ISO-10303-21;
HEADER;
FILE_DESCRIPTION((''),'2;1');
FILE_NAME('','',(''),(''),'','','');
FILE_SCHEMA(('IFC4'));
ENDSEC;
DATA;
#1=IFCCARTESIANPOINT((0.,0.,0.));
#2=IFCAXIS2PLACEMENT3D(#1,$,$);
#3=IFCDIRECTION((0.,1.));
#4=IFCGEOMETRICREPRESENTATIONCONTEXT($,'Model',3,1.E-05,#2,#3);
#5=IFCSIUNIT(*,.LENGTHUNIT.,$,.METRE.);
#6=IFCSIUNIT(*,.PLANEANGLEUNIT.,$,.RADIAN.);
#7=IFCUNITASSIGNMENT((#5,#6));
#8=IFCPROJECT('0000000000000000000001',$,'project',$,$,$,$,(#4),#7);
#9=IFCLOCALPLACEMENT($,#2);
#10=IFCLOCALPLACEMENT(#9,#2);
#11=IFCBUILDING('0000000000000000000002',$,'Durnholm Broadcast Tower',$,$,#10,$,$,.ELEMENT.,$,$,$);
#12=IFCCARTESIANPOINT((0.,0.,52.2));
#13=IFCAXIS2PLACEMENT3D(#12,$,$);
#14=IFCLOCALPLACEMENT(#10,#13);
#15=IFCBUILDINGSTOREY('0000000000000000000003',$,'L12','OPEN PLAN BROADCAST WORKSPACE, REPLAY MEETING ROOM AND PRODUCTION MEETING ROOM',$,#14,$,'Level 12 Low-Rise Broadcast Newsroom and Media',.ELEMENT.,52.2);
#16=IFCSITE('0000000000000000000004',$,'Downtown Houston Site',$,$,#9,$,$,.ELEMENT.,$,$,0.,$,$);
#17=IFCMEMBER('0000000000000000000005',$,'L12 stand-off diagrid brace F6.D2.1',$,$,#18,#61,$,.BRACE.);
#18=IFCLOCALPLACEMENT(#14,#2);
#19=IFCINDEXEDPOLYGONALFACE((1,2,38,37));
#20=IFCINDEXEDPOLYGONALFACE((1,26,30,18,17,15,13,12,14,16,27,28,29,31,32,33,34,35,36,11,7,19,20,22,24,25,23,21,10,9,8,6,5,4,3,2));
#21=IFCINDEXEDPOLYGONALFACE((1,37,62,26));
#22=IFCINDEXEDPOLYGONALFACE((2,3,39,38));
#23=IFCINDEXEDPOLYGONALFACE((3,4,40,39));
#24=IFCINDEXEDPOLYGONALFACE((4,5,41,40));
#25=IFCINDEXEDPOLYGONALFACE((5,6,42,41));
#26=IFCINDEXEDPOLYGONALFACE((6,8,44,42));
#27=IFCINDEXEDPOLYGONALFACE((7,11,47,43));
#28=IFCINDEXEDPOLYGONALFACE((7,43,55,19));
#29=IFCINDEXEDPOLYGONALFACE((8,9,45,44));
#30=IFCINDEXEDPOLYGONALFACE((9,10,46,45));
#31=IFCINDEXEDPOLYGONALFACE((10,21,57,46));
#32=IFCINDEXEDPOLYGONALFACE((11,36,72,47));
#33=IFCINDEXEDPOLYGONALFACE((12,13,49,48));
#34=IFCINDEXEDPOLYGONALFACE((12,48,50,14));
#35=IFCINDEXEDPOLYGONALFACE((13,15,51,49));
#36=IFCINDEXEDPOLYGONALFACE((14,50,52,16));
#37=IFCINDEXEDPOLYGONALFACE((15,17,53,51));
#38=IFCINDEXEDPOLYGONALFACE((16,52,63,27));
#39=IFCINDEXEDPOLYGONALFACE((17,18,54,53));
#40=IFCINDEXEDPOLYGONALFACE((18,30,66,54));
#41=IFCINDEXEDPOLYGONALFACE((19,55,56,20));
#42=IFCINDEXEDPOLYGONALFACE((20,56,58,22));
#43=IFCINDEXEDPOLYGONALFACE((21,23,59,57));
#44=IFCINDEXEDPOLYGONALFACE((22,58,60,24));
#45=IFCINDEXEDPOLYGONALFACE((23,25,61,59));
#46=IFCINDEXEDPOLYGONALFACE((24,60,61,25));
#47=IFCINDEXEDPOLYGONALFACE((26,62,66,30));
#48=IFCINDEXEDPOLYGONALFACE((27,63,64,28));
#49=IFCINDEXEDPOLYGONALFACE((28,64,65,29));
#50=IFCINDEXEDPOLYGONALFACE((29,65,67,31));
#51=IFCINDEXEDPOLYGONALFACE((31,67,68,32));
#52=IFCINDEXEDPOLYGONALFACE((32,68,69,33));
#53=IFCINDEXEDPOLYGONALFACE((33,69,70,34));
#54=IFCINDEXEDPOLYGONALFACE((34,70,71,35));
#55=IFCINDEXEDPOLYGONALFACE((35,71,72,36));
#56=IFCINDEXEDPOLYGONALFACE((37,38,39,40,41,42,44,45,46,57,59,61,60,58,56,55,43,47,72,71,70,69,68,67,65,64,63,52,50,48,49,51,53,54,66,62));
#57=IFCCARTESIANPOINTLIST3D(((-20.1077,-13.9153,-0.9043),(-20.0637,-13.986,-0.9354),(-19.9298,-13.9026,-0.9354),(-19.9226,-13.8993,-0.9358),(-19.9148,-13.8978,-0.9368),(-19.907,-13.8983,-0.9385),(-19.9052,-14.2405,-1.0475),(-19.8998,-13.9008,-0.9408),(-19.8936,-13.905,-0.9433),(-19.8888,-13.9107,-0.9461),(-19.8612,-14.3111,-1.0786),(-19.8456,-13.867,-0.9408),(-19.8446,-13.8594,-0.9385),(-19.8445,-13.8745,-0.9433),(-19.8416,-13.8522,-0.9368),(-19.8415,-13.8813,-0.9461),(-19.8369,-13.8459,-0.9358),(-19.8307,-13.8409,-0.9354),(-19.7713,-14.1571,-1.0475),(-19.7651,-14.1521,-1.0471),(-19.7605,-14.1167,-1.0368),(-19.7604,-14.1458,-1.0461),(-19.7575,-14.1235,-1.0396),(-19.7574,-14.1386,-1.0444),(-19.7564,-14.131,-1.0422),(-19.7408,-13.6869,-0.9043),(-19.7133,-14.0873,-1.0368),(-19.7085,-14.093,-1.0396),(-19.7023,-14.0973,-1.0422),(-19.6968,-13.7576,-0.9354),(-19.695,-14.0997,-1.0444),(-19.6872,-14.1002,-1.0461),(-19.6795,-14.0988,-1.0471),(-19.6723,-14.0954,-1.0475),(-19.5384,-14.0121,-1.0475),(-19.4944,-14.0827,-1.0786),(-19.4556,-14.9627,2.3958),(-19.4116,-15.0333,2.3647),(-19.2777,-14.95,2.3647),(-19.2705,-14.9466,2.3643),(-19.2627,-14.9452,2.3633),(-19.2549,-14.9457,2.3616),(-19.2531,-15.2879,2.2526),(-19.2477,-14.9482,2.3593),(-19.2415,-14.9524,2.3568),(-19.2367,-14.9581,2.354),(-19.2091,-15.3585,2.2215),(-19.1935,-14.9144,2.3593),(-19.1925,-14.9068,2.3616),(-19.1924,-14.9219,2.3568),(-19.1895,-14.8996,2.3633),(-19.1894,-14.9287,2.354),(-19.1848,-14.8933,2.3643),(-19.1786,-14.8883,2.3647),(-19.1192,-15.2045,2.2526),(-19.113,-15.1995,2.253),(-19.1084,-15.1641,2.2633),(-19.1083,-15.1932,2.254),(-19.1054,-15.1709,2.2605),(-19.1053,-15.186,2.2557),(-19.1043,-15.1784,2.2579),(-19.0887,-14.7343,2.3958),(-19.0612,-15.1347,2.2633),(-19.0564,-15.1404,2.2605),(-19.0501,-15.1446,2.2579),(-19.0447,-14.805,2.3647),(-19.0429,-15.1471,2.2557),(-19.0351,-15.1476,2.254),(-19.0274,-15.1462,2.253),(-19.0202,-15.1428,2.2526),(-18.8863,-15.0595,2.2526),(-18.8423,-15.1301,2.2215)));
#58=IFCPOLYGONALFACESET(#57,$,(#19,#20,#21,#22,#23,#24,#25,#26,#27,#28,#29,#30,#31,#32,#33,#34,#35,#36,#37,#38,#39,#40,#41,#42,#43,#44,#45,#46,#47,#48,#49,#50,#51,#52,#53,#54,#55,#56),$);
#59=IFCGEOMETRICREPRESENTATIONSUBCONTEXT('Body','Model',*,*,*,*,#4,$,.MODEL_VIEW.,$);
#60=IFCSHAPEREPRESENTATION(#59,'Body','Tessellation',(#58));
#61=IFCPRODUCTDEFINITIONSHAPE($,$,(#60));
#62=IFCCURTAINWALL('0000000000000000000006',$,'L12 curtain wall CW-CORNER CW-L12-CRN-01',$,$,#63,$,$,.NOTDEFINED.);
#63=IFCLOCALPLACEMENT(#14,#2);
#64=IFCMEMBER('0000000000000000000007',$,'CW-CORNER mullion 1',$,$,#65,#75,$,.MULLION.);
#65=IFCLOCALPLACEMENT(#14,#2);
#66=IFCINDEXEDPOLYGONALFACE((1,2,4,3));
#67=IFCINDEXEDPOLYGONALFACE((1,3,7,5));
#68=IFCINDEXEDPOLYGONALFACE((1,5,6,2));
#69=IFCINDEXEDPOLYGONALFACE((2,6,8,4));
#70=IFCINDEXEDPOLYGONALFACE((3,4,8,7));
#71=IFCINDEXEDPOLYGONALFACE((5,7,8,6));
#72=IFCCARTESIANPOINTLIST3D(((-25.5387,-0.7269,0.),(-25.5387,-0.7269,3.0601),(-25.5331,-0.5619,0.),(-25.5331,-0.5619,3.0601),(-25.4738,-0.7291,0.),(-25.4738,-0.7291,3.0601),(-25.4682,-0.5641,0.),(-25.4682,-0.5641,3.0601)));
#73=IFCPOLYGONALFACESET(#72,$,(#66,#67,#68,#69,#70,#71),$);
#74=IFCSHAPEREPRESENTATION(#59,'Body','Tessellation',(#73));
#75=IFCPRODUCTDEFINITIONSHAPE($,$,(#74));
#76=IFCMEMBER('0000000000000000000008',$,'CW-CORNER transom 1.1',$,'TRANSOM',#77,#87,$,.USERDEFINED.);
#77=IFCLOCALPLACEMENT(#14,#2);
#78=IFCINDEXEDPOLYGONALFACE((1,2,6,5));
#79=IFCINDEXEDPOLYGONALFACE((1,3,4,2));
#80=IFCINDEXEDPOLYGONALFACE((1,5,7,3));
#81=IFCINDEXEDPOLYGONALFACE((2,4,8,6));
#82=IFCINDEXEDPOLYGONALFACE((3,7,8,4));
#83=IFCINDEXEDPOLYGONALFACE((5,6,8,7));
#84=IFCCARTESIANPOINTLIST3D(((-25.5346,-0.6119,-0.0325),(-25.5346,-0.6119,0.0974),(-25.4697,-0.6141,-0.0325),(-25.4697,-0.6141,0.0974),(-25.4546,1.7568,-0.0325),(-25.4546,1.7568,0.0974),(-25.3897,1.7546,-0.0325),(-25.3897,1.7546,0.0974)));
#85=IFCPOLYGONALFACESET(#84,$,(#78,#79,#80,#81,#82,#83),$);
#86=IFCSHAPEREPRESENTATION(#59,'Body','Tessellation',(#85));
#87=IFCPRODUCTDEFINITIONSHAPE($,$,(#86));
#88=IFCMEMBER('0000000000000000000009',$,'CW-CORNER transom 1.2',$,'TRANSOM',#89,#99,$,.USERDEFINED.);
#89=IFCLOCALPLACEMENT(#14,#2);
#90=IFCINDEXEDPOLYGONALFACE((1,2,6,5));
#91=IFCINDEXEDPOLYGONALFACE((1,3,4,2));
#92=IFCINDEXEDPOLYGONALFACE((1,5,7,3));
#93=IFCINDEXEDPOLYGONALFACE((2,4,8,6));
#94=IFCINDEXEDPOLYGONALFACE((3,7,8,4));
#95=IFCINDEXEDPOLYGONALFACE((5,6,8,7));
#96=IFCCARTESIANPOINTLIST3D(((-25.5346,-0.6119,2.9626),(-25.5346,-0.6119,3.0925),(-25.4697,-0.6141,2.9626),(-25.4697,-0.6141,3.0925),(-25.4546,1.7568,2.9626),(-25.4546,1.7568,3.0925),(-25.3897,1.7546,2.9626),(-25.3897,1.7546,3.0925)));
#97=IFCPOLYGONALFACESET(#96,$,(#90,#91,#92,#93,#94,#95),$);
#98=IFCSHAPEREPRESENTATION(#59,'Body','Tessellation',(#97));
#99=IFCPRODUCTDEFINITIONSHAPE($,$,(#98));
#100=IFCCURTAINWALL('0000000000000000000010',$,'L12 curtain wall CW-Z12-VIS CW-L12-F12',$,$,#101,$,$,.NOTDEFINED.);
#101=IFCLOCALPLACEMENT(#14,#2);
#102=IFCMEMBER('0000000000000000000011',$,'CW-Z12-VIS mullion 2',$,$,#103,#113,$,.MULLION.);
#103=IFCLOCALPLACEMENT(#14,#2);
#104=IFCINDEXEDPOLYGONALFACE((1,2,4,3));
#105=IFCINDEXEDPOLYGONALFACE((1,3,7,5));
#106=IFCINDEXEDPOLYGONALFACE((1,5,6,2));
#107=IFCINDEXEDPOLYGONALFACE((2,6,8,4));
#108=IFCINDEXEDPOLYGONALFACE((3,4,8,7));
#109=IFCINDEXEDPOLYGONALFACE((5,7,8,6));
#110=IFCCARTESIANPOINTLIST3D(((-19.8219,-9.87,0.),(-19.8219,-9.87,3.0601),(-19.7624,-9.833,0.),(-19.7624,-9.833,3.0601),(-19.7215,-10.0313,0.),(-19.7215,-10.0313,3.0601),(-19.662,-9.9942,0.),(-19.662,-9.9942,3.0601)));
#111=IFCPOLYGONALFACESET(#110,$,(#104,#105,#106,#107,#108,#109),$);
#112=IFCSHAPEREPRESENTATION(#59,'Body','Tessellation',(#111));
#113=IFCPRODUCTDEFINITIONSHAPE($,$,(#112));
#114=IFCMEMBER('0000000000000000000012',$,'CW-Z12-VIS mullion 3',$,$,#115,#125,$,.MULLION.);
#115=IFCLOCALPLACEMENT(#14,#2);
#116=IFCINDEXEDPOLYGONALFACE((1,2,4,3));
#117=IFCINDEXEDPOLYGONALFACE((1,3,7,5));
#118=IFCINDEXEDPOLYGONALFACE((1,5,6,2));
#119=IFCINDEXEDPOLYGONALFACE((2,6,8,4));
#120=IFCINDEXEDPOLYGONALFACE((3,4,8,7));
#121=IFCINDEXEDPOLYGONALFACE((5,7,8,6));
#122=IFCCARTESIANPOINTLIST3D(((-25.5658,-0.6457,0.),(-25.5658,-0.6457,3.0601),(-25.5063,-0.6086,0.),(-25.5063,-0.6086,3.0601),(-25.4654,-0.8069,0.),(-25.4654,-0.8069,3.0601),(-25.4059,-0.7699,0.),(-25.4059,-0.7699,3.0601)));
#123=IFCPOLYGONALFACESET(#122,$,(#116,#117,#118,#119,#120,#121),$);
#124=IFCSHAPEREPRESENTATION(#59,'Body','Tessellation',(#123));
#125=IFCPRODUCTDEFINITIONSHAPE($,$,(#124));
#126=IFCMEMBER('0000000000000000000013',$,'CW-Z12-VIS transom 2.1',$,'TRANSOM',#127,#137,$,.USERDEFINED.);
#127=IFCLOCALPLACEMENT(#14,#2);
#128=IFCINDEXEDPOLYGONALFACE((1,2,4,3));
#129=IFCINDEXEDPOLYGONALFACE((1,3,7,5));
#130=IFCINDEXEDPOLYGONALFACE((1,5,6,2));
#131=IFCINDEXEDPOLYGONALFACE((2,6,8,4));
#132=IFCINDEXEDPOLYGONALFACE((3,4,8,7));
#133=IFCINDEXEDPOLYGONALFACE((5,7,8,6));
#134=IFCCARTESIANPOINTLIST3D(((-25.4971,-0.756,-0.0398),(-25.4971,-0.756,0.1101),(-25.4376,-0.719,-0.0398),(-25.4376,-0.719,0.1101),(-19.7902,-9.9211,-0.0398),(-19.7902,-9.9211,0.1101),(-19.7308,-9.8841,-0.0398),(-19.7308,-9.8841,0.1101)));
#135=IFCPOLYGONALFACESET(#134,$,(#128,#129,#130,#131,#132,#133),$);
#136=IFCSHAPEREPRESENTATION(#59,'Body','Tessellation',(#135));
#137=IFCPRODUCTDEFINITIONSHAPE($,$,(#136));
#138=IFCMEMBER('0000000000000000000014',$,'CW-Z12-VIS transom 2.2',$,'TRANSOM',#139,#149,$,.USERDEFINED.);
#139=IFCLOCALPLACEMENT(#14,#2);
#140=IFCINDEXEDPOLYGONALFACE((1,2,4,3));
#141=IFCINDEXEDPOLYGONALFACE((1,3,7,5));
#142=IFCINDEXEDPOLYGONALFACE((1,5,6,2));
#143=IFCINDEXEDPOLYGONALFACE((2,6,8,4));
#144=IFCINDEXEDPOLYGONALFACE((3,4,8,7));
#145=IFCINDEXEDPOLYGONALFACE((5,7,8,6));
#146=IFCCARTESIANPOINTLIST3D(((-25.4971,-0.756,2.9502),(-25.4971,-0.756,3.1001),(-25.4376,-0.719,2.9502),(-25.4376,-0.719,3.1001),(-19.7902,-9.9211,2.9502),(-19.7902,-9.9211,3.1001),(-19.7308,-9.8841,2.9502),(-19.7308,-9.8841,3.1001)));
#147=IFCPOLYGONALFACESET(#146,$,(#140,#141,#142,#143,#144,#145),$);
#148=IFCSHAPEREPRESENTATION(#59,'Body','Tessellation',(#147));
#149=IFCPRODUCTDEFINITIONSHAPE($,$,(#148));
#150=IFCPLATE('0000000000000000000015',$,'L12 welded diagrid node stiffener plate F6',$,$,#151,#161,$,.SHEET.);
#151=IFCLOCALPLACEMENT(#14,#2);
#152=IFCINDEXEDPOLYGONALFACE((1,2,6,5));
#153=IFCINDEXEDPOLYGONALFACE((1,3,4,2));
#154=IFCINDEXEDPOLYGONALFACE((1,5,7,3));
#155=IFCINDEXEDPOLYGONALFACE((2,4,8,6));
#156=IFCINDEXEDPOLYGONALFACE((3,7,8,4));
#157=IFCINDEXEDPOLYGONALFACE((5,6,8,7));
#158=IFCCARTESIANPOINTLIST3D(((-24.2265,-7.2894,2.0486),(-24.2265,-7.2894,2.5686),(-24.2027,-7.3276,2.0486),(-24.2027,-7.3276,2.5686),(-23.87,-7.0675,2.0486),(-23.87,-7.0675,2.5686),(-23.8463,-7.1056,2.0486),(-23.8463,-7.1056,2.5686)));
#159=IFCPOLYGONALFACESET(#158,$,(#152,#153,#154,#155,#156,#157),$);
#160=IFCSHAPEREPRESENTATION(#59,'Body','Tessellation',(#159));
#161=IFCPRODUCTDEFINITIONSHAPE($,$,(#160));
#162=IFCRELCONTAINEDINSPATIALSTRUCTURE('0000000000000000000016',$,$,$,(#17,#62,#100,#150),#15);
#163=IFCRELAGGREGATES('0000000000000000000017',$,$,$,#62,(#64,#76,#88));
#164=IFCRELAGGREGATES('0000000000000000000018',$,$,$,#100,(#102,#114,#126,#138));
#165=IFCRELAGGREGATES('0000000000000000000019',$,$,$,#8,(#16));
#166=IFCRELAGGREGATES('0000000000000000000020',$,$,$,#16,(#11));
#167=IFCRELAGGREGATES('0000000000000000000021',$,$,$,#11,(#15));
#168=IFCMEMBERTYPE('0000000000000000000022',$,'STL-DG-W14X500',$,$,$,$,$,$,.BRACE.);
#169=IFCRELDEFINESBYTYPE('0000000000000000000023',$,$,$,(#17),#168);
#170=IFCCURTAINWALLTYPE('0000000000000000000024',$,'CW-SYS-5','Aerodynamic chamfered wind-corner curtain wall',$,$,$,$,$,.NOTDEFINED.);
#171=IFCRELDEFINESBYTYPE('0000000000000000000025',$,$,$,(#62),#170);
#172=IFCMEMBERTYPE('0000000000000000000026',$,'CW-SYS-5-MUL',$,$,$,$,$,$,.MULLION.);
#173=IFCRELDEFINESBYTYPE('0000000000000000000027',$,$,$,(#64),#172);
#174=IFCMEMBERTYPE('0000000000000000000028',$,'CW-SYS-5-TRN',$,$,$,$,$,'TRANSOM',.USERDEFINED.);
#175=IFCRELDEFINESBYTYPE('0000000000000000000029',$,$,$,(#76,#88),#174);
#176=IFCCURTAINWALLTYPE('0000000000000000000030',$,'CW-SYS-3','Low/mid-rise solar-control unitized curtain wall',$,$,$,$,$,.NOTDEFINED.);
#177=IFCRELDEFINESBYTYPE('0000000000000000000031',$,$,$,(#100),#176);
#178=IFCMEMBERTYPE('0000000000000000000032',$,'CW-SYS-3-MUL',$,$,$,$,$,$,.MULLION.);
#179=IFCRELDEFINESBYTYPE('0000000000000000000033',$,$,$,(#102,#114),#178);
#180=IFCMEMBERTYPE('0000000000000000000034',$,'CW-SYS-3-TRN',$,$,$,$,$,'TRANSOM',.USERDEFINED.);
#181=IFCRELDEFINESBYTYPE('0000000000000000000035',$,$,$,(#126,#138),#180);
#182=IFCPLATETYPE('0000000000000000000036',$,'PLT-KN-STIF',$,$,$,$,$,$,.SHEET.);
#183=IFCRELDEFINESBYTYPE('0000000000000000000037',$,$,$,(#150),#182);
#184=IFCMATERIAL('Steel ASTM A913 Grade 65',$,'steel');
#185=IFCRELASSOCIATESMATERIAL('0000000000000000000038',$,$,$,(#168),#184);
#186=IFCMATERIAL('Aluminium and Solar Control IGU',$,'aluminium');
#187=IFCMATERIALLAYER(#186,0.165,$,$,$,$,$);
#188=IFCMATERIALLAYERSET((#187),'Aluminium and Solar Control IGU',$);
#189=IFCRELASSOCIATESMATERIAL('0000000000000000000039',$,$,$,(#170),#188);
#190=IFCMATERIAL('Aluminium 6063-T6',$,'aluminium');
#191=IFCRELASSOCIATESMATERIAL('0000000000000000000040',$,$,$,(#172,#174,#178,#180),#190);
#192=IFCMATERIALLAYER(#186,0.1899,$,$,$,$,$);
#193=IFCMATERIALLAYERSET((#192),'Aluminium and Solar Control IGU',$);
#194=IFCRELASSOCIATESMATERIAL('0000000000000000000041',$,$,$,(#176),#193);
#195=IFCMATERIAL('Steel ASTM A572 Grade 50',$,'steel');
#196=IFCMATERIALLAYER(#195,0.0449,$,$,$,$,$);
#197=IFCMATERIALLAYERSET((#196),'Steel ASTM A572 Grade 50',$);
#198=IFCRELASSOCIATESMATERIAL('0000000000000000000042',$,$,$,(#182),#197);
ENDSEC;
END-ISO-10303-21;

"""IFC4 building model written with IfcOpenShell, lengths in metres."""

from ifc_helpers import new_model, si_unit, direction, frame, origin, origin_2d, place, context, subcontext, project, spatial, rectangle, i_section, extrude, source, transform, mapped, material, layer, layer_set, material_profile, profile_set, type_object, type_shapes, element, aggregate, save


model = new_model("IFC4")

# Units and contexts
model_context = context("Model", 3, precision=1e-05, world=origin(), true_north=direction((0.0, 1.0)))
body_context = subcontext(model_context, "Body", "Model", "MODEL_VIEW")
ifc_project = project(units=[si_unit("LENGTHUNIT", "METRE"), si_unit("PLANEANGLEUNIT", "RADIAN")], contexts=[model_context])

# Site, building, storey
site_placement = place(None, origin())
site = spatial("IfcSite", under=ifc_project, at=site_placement, Name="Downtown Houston Site", CompositionType="ELEMENT", RefElevation=0.0)
building_placement = place(site_placement, origin())
building = spatial("IfcBuilding", under=site, at=building_placement, Name="Durnholm Broadcast Tower", CompositionType="ELEMENT")
storey_placement = place(building_placement, frame((0.0, 0.0, 52.2)))
storey = spatial("IfcBuildingStorey", under=building, at=storey_placement, Name="L12", Description="OPEN PLAN BROADCAST WORKSPACE, REPLAY MEETING ROOM AND PRODUCTION MEETING ROOM", LongName="Level 12 Low-Rise Broadcast Newsroom and Media", CompositionType="ELEMENT", Elevation=52.2)

# Member
ifc_material_1 = material(Name="Steel ASTM A913 Grade 65", Category="steel")
ifc_material_profile_1 = material_profile(ifc_material_1, i_section(OverallWidth=0.4321, OverallDepth=0.4978, WebThickness=0.0557, FlangeThickness=0.0889, FilletRadius=0.0305, at=origin_2d()), Name="W14X500")
ifc_profile_set_1 = profile_set([ifc_material_profile_1], Name="Steel ASTM A913 Grade 65")
member_type_1 = type_object("IfcMemberType", Name="STL-DG-W14X500", PredefinedType="BRACE", material=ifc_profile_set_1)
shared_shape_1 = source(origin(), body_context, "Body", "SweptSolid", [
    extrude(i_section(OverallWidth=0.4321, OverallDepth=0.4978, WebThickness=0.0557, FlangeThickness=0.0889, FilletRadius=0.0305, at=origin_2d()), origin(), (0.0, 0.0, 1.0), 3.5232),
])
type_shapes(member_type_1, [shared_shape_1])
for number, where, z_axis, x_axis, name in (
    (1, (-19.801, -13.999, -0.9915), (0.18509, -0.297281, 0.936678), (0.848909, 0.52854, 0.0), "L12 stand-off diagrid brace F6.D2.1"),
):
    element("IfcMember", number, at=place(storey_placement, frame(where, z_axis=z_axis, x_axis=x_axis)), inside=storey, type_object=member_type_1, Name=name, PredefinedType="BRACE", context=body_context, shape_type="MappedRepresentation", body=[
        mapped(shared_shape_1, transform((0.0, 0.0, 0.0), x_axis=(1.0, 0.0, 0.0), y_axis=(0.0, 1.0, 0.0), z_axis=(0.0, 0.0, 1.0), scale=1.0)),
    ])

# Curtain walls, members
ifc_material_2 = material(Name="Aluminium and Solar Control IGU", Category="aluminium")
ifc_layer_1 = layer(ifc_material_2, 0.165)
ifc_layer_set_1 = layer_set([ifc_layer_1], Name="Aluminium and Solar Control IGU")
curtain_wall_type_1 = type_object("IfcCurtainWallType", Name="CW-SYS-5", Description="Aerodynamic chamfered wind-corner curtain wall", PredefinedType="NOTDEFINED", material=ifc_layer_set_1)
curtain_wall_1_placement = place(storey_placement, origin())
curtain_wall_1 = element("IfcCurtainWall", 2, at=curtain_wall_1_placement, inside=storey, type_object=curtain_wall_type_1, Name="L12 curtain wall CW-CORNER CW-L12-CRN-01", PredefinedType="NOTDEFINED")
ifc_material_3 = material(Name="Aluminium 6063-T6", Category="aluminium")
ifc_material_profile_2 = material_profile(ifc_material_3, rectangle(XDim=0.0649, YDim=0.165, at=origin_2d()), Name="CWM65X165")
ifc_profile_set_2 = profile_set([ifc_material_profile_2], Name="Aluminium 6063-T6")
member_type_2 = type_object("IfcMemberType", Name="CW-SYS-5-MUL", PredefinedType="MULLION", material=ifc_profile_set_2)
shared_shape_2 = source(origin(), body_context, "Body", "SweptSolid", [
    extrude(rectangle(XDim=0.0649, YDim=0.165, at=origin_2d()), origin(), (0.0, 0.0, 1.0), 3.0601),
])
type_shapes(member_type_2, [shared_shape_2])
member_1_placement = place(storey_placement, frame((-25.5034, -0.6455, 0.0), z_axis=(0.0, 0.0, 1.0), x_axis=(-0.999427, 0.03384, 0.0)))
member_1 = element("IfcMember", 3, at=member_1_placement, type_object=member_type_2, Name="CW-CORNER mullion 1", PredefinedType="MULLION", context=body_context, shape_type="MappedRepresentation", body=[
    mapped(shared_shape_2, transform((0.0, 0.0, 0.0), x_axis=(1.0, 0.0, 0.0), y_axis=(0.0, 1.0, 0.0), z_axis=(0.0, 0.0, 1.0), scale=1.0)),
])
ifc_material_profile_3 = material_profile(ifc_material_3, rectangle(XDim=0.0649, YDim=0.1299, at=origin_2d()), Name="CWT65X130")
ifc_profile_set_3 = profile_set([ifc_material_profile_3], Name="Aluminium 6063-T6")
member_type_3 = type_object("IfcMemberType", Name="CW-SYS-5-TRN", ElementType="TRANSOM", PredefinedType="USERDEFINED", material=ifc_profile_set_3)
shared_shape_3 = source(origin(), body_context, "Body", "SweptSolid", [
    extrude(rectangle(XDim=0.0649, YDim=0.1299, at=origin_2d()), origin(), (0.0, 0.0, 1.0), 2.3701),
])
type_shapes(member_type_3, [shared_shape_3])
member_2_placement = place(storey_placement, frame((-25.5022, -0.613, 0.0325), z_axis=(0.033788, 0.999429, 0.0), x_axis=(-0.999429, 0.033788, 0.0)))
member_2 = element("IfcMember", 4, at=member_2_placement, type_object=member_type_3, Name="CW-CORNER transom 1.1", ObjectType="TRANSOM", PredefinedType="USERDEFINED", context=body_context, shape_type="MappedRepresentation", body=[
    mapped(shared_shape_3, transform((0.0, 0.0, 0.0), x_axis=(1.0, 0.0, 0.0), y_axis=(0.0, 1.0, 0.0), z_axis=(0.0, 0.0, 1.0), scale=1.0)),
])
member_3_placement = place(storey_placement, frame((-25.5022, -0.613, 3.0276), z_axis=(0.033788, 0.999429, 0.0), x_axis=(-0.999429, 0.033788, 0.0)))
member_3 = element("IfcMember", 5, at=member_3_placement, type_object=member_type_3, Name="CW-CORNER transom 1.2", ObjectType="TRANSOM", PredefinedType="USERDEFINED", context=body_context, shape_type="MappedRepresentation", body=[
    mapped(shared_shape_3, transform((0.0, 0.0, 0.0), x_axis=(1.0, 0.0, 0.0), y_axis=(0.0, 1.0, 0.0), z_axis=(0.0, 0.0, 1.0), scale=1.0)),
])
aggregate(curtain_wall_1, [member_1, member_2, member_3])
ifc_layer_2 = layer(ifc_material_2, 0.1899)
ifc_layer_set_2 = layer_set([ifc_layer_2], Name="Aluminium and Solar Control IGU")
curtain_wall_type_2 = type_object("IfcCurtainWallType", Name="CW-SYS-3", Description="Low/mid-rise solar-control unitized curtain wall", PredefinedType="NOTDEFINED", material=ifc_layer_set_2)
curtain_wall_2_placement = place(storey_placement, origin())
curtain_wall_2 = element("IfcCurtainWall", 6, at=curtain_wall_2_placement, inside=storey, type_object=curtain_wall_type_2, Name="L12 curtain wall CW-Z12-VIS CW-L12-F12", PredefinedType="NOTDEFINED")
ifc_material_profile_4 = material_profile(ifc_material_3, rectangle(XDim=0.0701, YDim=0.1899, at=origin_2d()), Name="CWM70X190")
ifc_profile_set_4 = profile_set([ifc_material_profile_4], Name="Aluminium 6063-T6")
member_type_4 = type_object("IfcMemberType", Name="CW-SYS-3-MUL", PredefinedType="MULLION", material=ifc_profile_set_4)
shared_shape_4 = source(origin(), body_context, "Body", "SweptSolid", [
    extrude(rectangle(XDim=0.0701, YDim=0.1899, at=origin_2d()), origin(), (0.0, 0.0, 1.0), 3.0601),
])
type_shapes(member_type_4, [shared_shape_4])
member_4_placement = place(storey_placement, frame((-19.7419, -9.9321, 0.0), z_axis=(0.0, 0.0, 1.0), x_axis=(-0.848876, -0.528592, 0.0)))
member_4 = element("IfcMember", 7, at=member_4_placement, type_object=member_type_4, Name="CW-Z12-VIS mullion 2", PredefinedType="MULLION", context=body_context, shape_type="MappedRepresentation", body=[
    mapped(shared_shape_4, transform((0.0, 0.0, 0.0), x_axis=(1.0, 0.0, 0.0), y_axis=(0.0, 1.0, 0.0), z_axis=(0.0, 0.0, 1.0), scale=1.0)),
])
member_5_placement = place(storey_placement, frame((-25.4858, -0.7078, 0.0), z_axis=(0.0, 0.0, 1.0), x_axis=(-0.848876, -0.528592, 0.0)))
member_5 = element("IfcMember", 8, at=member_5_placement, type_object=member_type_4, Name="CW-Z12-VIS mullion 3", PredefinedType="MULLION", context=body_context, shape_type="MappedRepresentation", body=[
    mapped(shared_shape_4, transform((0.0, 0.0, 0.0), x_axis=(1.0, 0.0, 0.0), y_axis=(0.0, 1.0, 0.0), z_axis=(0.0, 0.0, 1.0), scale=1.0)),
])
ifc_material_profile_5 = material_profile(ifc_material_3, rectangle(XDim=0.0701, YDim=0.1499, at=origin_2d()), Name="CWT70X150")
ifc_profile_set_5 = profile_set([ifc_material_profile_5], Name="Aluminium 6063-T6")
member_type_5 = type_object("IfcMemberType", Name="CW-SYS-3-TRN", ElementType="TRANSOM", PredefinedType="USERDEFINED", material=ifc_profile_set_5)
shared_shape_5 = source(origin(), body_context, "Body", "SweptSolid", [
    extrude(rectangle(XDim=0.0701, YDim=0.1499, at=origin_2d()), origin(), (0.0, 0.0, 1.0), 10.7966),
])
type_shapes(member_type_5, [shared_shape_5])
member_6_placement = place(storey_placement, frame((-19.7605, -9.9026, 0.0352), z_axis=(-0.528575, 0.848886, 0.0), x_axis=(-0.848886, -0.528575, 0.0)))
member_6 = element("IfcMember", 9, at=member_6_placement, type_object=member_type_5, Name="CW-Z12-VIS transom 2.1", ObjectType="TRANSOM", PredefinedType="USERDEFINED", context=body_context, shape_type="MappedRepresentation", body=[
    mapped(shared_shape_5, transform((0.0, 0.0, 0.0), x_axis=(1.0, 0.0, 0.0), y_axis=(0.0, 1.0, 0.0), z_axis=(0.0, 0.0, 1.0), scale=1.0)),
])
member_7_placement = place(storey_placement, frame((-19.7605, -9.9026, 3.0251), z_axis=(-0.528575, 0.848886, 0.0), x_axis=(-0.848886, -0.528575, 0.0)))
member_7 = element("IfcMember", 10, at=member_7_placement, type_object=member_type_5, Name="CW-Z12-VIS transom 2.2", ObjectType="TRANSOM", PredefinedType="USERDEFINED", context=body_context, shape_type="MappedRepresentation", body=[
    mapped(shared_shape_5, transform((0.0, 0.0, 0.0), x_axis=(1.0, 0.0, 0.0), y_axis=(0.0, 1.0, 0.0), z_axis=(0.0, 0.0, 1.0), scale=1.0)),
])

# Plate
ifc_material_4 = material(Name="Steel ASTM A572 Grade 50", Category="steel")
ifc_layer_3 = layer(ifc_material_4, 0.0449)
ifc_layer_set_3 = layer_set([ifc_layer_3], Name="Steel ASTM A572 Grade 50")
plate_type_1 = type_object("IfcPlateType", Name="PLT-KN-STIF", PredefinedType="SHEET", material=ifc_layer_set_3)
shared_shape_6 = source(origin(), body_context, "Body", "SweptSolid", [
    extrude(rectangle(XDim=0.0449, YDim=0.4199, at=origin_2d()), origin(), (0.0, 0.0, 1.0), 0.52),
])
type_shapes(plate_type_1, [shared_shape_6])
plate_1_placement = place(storey_placement, frame((-24.0364, -7.1975, 2.0486), z_axis=(0.0, 0.0, 1.0), x_axis=(0.528587, -0.848879, 0.0)))
element("IfcPlate", 11, at=plate_1_placement, inside=storey, type_object=plate_type_1, Name="L12 welded diagrid node stiffener plate F6", PredefinedType="SHEET", context=body_context, shape_type="MappedRepresentation", body=[
    mapped(shared_shape_6, transform((0.0, 0.0, 0.0), x_axis=(1.0, 0.0, 0.0), y_axis=(0.0, 1.0, 0.0), z_axis=(0.0, 0.0, 1.0), scale=1.0)),
])

aggregate(curtain_wall_2, [member_4, member_5, member_6, member_7])

save(model, "model.ifc")
